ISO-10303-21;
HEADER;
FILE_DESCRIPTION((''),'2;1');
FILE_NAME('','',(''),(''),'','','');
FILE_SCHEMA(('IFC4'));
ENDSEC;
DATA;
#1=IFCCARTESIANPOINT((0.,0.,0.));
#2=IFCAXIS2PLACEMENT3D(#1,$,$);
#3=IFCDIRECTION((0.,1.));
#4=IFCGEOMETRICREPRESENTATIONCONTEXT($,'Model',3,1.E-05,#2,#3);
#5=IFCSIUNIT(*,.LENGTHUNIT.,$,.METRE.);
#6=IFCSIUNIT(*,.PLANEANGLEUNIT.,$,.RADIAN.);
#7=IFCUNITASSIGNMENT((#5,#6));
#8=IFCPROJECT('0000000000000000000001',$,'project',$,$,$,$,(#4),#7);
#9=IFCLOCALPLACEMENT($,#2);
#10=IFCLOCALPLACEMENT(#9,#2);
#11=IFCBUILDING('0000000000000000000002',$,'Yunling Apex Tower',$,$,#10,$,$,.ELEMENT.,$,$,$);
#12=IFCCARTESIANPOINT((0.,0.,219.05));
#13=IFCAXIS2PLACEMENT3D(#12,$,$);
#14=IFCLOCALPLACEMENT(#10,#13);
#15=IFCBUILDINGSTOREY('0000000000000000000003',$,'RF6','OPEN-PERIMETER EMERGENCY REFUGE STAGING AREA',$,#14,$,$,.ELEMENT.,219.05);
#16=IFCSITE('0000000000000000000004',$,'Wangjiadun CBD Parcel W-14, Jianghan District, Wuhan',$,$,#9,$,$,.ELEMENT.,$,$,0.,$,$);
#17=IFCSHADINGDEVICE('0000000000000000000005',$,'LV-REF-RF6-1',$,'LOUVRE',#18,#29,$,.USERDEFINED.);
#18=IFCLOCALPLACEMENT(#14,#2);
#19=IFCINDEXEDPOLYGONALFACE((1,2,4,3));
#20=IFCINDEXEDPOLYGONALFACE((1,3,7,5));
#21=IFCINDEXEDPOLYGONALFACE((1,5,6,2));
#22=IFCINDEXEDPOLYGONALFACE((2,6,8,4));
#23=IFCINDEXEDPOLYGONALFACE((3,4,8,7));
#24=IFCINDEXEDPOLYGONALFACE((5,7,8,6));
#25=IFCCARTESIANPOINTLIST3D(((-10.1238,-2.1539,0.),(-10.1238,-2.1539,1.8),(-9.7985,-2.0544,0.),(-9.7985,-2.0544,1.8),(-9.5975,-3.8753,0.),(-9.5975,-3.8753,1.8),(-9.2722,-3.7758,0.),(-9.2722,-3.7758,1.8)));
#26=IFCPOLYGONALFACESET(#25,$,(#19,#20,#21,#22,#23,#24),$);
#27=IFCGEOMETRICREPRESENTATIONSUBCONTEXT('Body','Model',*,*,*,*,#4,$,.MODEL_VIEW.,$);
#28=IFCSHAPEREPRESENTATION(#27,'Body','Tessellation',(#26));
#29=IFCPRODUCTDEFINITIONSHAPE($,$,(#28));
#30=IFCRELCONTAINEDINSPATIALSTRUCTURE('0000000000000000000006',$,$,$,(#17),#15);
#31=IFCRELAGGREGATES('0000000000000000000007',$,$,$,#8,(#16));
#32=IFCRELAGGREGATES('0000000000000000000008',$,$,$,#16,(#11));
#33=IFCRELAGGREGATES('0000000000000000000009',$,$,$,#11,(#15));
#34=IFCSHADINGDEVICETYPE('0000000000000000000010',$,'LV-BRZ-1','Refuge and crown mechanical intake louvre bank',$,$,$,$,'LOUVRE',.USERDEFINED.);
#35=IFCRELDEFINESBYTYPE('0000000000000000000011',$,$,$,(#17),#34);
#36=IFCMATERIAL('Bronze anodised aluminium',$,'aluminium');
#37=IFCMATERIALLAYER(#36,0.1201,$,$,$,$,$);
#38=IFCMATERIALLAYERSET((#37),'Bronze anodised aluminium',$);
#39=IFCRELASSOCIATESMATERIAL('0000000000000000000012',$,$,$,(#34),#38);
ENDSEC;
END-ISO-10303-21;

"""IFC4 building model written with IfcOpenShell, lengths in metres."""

from ifc_helpers import new_model, si_unit, direction, frame, origin, origin_2d, place, context, subcontext, project, spatial, rectangle, extrude, source, transform, mapped, material, layer, layer_set, type_object, element, save


model = new_model("IFC4")

# Units and contexts
model_context = context("Model", 3, precision=1e-05, world=origin(), true_north=direction((0.0, 1.0)))
body_context = subcontext(model_context, "Body", "Model", "MODEL_VIEW")
ifc_project = project(units=[si_unit("LENGTHUNIT", "METRE"), si_unit("PLANEANGLEUNIT", "RADIAN")], contexts=[model_context])

# Site, building, storey
site_placement = place(None, origin())
site = spatial("IfcSite", under=ifc_project, at=site_placement, Name="Wangjiadun CBD Parcel W-14, Jianghan District, Wuhan", CompositionType="ELEMENT", RefElevation=0.0)
building_placement = place(site_placement, origin())
building = spatial("IfcBuilding", under=site, at=building_placement, Name="Yunling Apex Tower", CompositionType="ELEMENT")
storey_placement = place(building_placement, frame((0.0, 0.0, 219.05)))
storey = spatial("IfcBuildingStorey", under=building, at=storey_placement, Name="RF6", Description="OPEN-PERIMETER EMERGENCY REFUGE STAGING AREA", CompositionType="ELEMENT", Elevation=219.05)

# Shading device
ifc_material_1 = material(Name="Bronze anodised aluminium", Category="aluminium")
ifc_layer_1 = layer(ifc_material_1, 0.1201)
ifc_layer_set_1 = layer_set([ifc_layer_1], Name="Bronze anodised aluminium")
shading_device_type = type_object("IfcShadingDeviceType", Name="LV-BRZ-1", Description="Refuge and crown mechanical intake louvre bank", ElementType="LOUVRE", PredefinedType="USERDEFINED", material=ifc_layer_set_1)
shared_shape_1 = source(origin(), body_context, "Body", "SweptSolid", [
    extrude(rectangle(XDim=1.8, YDim=0.3401, at=origin_2d()), origin(), (0.0, 0.0, 1.0), 1.8),
])
shading_device_placement = place(storey_placement, frame((-9.698, -2.9648, 0.0), z_axis=(0.0, 0.0, 1.0), x_axis=(-0.292372, 0.956305, 0.0)))
element("IfcShadingDevice", 1, at=shading_device_placement, inside=storey, type_object=shading_device_type, Name="LV-REF-RF6-1", ObjectType="LOUVRE", PredefinedType="USERDEFINED", context=body_context, shape_type="MappedRepresentation", body=[
    mapped(shared_shape_1, transform((0.0, 0.0, 0.0), scale=1.0)),
])

save(model, "model.ifc")
